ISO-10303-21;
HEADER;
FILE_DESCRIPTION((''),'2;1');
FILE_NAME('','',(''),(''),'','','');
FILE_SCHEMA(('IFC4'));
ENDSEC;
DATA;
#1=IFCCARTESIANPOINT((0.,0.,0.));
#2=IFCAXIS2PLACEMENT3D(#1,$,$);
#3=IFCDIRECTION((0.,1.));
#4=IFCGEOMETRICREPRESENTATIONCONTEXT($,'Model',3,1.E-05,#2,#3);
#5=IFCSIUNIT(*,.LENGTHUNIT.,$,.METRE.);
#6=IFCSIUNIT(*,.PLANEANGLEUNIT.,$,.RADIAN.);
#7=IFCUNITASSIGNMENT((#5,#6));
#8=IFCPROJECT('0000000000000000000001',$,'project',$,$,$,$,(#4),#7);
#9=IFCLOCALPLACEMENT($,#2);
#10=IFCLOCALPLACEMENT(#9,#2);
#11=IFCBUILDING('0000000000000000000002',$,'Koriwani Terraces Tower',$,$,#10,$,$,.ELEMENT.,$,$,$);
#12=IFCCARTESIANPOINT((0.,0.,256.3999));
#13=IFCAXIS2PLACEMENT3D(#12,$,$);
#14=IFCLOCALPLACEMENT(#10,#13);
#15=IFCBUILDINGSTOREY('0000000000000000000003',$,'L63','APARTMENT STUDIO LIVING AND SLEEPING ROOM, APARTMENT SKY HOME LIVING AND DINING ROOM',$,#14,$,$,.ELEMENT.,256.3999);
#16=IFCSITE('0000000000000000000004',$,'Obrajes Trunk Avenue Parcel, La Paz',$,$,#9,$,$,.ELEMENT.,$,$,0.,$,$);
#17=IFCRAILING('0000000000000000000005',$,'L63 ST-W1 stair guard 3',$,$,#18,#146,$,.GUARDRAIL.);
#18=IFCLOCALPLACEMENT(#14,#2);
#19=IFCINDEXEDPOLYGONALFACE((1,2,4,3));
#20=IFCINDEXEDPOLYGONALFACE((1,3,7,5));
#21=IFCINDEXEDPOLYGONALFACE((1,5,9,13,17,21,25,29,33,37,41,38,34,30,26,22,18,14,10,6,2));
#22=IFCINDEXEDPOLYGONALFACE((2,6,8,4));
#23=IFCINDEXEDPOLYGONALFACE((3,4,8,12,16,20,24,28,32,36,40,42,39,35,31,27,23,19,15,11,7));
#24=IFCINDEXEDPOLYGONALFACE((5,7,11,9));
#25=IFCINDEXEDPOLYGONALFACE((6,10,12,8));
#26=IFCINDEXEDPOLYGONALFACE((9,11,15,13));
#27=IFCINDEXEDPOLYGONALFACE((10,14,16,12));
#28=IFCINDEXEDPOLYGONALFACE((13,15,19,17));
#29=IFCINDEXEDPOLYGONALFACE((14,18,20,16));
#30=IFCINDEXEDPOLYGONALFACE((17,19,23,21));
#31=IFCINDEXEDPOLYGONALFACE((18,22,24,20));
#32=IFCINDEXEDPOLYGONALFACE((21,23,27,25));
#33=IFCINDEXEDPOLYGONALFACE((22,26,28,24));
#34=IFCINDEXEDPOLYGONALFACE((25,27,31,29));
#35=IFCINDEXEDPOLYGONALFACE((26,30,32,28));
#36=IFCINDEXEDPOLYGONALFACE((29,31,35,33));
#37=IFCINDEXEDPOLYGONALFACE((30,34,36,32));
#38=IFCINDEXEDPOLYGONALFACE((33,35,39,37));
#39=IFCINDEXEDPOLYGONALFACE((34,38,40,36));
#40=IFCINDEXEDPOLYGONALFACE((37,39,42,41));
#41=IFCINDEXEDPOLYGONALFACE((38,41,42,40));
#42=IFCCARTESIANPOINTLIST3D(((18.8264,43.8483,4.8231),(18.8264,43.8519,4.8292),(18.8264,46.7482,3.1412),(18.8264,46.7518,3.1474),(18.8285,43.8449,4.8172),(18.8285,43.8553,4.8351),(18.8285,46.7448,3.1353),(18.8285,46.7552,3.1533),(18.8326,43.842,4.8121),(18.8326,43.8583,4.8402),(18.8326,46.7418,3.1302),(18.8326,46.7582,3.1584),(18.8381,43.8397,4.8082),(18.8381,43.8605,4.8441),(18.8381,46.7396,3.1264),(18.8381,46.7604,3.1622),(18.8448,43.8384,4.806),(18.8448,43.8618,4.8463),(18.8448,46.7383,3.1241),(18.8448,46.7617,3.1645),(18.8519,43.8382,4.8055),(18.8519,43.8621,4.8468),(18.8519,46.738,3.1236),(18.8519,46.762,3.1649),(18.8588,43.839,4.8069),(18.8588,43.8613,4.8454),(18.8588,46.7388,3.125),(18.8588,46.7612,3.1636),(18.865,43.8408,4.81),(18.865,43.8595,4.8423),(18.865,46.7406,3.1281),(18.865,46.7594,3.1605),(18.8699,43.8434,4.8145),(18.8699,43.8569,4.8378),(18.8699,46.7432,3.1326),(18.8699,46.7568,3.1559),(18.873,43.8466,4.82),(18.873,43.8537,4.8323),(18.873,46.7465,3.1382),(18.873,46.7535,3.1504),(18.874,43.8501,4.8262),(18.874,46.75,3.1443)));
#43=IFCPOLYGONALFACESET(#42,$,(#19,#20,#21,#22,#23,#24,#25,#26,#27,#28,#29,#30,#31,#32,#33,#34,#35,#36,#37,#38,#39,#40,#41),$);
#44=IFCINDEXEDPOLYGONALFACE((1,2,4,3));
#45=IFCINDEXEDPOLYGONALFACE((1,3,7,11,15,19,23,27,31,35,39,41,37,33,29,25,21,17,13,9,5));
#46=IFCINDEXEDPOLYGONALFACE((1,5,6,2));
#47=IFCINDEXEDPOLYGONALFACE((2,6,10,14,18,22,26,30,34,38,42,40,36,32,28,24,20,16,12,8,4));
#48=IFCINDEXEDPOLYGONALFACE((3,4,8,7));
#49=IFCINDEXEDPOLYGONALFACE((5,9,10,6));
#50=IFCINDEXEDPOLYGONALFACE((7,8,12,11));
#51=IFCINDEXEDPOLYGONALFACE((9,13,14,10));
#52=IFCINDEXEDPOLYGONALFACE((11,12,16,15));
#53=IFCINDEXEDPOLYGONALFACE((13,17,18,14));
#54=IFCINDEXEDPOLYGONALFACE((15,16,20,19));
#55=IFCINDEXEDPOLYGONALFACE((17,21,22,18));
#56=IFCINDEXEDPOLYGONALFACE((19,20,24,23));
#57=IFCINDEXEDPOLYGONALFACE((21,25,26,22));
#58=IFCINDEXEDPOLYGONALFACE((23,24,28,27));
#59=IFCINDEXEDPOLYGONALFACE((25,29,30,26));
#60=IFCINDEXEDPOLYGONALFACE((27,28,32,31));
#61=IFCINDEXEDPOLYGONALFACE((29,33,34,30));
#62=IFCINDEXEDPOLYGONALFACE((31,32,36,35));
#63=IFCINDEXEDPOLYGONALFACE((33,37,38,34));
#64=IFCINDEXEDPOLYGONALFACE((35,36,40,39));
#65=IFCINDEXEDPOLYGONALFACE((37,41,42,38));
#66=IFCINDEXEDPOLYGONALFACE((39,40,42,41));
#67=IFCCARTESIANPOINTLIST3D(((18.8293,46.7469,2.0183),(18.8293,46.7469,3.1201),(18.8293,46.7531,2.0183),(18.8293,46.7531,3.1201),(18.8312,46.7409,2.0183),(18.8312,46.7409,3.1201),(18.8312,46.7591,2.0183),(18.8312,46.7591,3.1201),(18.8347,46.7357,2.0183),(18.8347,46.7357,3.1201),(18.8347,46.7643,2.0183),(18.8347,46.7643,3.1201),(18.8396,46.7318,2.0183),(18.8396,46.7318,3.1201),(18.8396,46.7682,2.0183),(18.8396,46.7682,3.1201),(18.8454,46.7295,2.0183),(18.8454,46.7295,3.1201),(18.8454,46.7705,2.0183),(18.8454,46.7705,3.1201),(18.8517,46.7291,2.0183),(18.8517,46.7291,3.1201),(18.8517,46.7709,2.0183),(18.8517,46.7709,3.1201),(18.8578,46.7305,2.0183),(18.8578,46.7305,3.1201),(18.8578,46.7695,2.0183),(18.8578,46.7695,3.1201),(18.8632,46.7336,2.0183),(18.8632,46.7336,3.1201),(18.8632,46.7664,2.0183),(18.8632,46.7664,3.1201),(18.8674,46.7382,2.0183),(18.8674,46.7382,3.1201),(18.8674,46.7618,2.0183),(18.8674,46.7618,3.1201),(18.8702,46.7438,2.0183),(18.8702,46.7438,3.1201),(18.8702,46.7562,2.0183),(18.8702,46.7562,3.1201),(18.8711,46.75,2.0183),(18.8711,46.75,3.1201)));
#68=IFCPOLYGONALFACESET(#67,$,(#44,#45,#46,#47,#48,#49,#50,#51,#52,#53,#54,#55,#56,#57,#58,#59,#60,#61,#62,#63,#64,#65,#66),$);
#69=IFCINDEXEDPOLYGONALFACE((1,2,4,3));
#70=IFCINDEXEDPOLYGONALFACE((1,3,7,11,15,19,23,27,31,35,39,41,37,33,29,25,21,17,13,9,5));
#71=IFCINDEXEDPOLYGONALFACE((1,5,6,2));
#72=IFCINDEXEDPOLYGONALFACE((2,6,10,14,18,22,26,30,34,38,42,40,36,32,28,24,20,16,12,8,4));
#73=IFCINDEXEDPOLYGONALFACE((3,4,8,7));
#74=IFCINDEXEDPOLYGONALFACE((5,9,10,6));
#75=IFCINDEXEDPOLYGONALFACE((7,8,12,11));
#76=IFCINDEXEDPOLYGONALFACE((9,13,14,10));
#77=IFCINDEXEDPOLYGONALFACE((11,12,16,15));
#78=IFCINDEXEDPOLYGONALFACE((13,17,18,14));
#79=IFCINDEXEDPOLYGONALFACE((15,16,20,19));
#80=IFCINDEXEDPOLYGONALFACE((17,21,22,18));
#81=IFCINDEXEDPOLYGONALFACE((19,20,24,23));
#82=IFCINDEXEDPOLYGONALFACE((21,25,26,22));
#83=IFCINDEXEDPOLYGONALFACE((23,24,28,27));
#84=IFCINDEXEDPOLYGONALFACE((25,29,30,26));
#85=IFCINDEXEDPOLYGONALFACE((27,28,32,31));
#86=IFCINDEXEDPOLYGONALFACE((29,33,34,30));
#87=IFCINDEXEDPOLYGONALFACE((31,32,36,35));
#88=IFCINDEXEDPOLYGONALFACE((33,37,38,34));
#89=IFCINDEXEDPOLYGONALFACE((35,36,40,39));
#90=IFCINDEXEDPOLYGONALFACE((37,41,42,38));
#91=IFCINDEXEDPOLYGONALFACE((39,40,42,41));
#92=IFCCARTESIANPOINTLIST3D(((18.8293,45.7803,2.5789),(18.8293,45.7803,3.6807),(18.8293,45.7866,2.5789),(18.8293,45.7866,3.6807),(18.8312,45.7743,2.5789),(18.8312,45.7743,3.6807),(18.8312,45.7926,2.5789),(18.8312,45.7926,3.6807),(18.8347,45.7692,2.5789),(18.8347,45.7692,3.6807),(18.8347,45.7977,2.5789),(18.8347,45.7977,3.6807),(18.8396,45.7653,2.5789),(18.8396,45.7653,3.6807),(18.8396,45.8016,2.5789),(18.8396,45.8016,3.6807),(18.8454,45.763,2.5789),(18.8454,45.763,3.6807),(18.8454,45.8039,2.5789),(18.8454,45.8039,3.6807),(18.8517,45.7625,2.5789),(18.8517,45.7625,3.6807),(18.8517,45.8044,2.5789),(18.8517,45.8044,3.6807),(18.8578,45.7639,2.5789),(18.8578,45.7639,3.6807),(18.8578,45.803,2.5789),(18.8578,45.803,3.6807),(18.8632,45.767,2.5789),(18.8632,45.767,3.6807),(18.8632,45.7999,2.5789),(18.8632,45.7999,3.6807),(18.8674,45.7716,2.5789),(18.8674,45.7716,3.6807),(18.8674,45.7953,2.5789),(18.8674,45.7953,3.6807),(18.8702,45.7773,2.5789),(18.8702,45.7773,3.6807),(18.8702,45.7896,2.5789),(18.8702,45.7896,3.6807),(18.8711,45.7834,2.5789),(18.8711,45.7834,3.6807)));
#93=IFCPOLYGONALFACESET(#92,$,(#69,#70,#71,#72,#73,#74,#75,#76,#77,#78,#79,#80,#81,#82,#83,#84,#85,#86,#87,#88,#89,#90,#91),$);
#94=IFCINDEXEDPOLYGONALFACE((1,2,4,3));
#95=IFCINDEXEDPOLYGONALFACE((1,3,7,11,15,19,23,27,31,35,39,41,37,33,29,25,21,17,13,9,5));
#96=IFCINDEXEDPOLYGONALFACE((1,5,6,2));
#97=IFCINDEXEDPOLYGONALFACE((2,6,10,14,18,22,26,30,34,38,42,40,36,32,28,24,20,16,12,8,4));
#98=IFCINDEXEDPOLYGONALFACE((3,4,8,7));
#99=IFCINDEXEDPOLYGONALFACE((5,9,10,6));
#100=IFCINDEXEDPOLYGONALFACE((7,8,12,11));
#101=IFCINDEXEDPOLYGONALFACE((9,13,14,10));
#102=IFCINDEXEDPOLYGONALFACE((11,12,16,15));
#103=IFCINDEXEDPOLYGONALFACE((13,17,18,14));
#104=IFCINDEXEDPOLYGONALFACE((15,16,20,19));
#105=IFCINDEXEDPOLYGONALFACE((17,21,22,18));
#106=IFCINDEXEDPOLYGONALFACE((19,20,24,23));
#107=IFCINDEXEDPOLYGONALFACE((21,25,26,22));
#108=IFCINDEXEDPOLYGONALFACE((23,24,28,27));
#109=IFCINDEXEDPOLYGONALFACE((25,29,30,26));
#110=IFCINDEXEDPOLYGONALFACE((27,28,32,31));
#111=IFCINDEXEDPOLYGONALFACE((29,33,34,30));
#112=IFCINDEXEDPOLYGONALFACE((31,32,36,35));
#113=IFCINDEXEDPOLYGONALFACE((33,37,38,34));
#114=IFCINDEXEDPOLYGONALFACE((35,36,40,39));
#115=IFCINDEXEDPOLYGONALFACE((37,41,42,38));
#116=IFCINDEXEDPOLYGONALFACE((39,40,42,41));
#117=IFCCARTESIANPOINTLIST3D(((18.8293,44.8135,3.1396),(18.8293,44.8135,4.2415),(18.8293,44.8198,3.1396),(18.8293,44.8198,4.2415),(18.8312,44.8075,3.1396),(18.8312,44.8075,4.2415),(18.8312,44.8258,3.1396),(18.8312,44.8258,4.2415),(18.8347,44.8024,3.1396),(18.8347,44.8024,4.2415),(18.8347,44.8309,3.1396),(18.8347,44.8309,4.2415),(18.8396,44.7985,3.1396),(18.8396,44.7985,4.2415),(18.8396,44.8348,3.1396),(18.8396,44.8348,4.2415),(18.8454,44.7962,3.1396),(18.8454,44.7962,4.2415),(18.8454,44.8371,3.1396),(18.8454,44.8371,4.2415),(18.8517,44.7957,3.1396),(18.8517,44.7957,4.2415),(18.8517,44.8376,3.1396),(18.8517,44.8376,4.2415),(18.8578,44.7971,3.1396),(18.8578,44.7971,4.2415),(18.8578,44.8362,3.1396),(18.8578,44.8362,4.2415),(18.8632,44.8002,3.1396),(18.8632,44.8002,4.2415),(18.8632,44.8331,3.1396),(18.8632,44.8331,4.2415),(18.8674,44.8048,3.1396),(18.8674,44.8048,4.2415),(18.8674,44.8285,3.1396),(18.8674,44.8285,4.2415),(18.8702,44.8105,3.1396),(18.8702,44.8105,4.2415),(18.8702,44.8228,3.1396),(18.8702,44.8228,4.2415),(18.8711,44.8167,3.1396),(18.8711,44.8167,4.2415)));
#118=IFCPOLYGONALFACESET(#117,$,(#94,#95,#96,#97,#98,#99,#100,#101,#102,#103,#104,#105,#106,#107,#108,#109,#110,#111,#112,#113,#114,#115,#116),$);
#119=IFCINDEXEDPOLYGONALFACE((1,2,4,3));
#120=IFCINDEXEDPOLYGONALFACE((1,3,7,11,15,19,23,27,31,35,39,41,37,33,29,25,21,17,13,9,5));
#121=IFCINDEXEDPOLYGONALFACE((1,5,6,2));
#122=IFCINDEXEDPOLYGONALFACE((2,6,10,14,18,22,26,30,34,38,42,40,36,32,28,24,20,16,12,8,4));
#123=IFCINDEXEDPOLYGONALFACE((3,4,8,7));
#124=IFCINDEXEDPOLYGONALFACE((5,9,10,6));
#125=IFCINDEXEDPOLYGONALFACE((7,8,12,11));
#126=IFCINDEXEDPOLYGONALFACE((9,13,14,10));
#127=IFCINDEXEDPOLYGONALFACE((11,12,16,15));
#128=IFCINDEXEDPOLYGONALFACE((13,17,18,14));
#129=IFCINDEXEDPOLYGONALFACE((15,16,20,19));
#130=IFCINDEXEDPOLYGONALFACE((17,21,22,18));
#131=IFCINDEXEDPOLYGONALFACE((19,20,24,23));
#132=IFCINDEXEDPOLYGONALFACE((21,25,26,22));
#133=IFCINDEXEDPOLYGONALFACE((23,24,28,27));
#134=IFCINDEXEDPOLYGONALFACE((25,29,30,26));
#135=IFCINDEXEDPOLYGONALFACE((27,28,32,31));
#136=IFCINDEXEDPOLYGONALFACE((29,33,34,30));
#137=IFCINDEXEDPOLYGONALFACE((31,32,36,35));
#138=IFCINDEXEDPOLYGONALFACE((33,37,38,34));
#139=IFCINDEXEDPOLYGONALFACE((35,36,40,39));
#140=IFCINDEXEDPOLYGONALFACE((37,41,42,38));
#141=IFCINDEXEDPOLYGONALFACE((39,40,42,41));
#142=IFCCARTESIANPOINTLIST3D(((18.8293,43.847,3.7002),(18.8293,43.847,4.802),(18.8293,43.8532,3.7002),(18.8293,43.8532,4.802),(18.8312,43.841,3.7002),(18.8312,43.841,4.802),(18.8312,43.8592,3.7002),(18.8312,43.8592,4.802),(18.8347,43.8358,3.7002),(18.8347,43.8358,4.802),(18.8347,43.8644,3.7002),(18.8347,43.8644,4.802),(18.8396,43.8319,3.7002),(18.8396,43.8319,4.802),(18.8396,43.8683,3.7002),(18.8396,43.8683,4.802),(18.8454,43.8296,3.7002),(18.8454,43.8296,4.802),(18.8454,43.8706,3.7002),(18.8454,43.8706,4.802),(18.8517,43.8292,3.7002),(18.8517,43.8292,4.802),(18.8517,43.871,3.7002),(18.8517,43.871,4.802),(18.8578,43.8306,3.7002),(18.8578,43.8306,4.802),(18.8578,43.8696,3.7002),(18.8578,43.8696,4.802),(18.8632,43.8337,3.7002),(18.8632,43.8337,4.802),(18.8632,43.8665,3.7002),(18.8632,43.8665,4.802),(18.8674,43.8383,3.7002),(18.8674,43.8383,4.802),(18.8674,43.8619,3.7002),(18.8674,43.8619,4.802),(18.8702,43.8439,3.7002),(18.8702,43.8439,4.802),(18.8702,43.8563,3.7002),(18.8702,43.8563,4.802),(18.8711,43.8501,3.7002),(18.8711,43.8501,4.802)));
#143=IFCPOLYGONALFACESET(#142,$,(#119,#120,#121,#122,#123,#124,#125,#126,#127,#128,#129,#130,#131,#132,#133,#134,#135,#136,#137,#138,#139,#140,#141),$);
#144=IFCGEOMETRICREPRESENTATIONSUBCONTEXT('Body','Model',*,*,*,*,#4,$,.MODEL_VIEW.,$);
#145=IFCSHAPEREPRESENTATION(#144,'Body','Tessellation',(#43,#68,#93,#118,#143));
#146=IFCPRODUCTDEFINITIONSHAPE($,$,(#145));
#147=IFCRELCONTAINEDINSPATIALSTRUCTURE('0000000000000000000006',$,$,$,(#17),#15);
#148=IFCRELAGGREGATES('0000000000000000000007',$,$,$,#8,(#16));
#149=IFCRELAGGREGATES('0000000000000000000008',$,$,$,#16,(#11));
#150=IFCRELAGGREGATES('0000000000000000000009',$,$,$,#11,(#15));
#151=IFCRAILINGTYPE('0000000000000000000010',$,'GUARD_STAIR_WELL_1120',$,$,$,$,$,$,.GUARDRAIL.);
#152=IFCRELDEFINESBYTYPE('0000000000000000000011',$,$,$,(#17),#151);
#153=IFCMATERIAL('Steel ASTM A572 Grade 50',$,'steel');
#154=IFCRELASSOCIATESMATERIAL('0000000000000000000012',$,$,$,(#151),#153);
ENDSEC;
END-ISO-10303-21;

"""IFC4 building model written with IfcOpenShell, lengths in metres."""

from ifc_helpers import new_model, si_unit, direction, frame, origin, origin_2d, place, context, subcontext, project, spatial, circle, extrude, material, type_object, element, save


model = new_model("IFC4")

# Units and contexts
model_context = context("Model", 3, precision=1e-05, world=origin(), true_north=direction((0.0, 1.0)))
body_context = subcontext(model_context, "Body", "Model", "MODEL_VIEW")
ifc_project = project(units=[si_unit("LENGTHUNIT", "METRE"), si_unit("PLANEANGLEUNIT", "RADIAN")], contexts=[model_context])

# Site, building, storey
site_placement = place(None, origin())
site = spatial("IfcSite", under=ifc_project, at=site_placement, Name="Obrajes Trunk Avenue Parcel, La Paz", CompositionType="ELEMENT", RefElevation=0.0)
building_placement = place(site_placement, origin())
building = spatial("IfcBuilding", under=site, at=building_placement, Name="Koriwani Terraces Tower", CompositionType="ELEMENT")
storey_placement = place(building_placement, frame((0.0, 0.0, 256.3999)))
storey = spatial("IfcBuildingStorey", under=building, at=storey_placement, Name="L63", Description="APARTMENT STUDIO LIVING AND SLEEPING ROOM, APARTMENT SKY HOME LIVING AND DINING ROOM", CompositionType="ELEMENT", Elevation=256.3999)

# Shared definitions
ifc_material_1 = material(Name="Steel ASTM A572 Grade 50", Category="steel")

# Railing
railing_type_1 = type_object("IfcRailingType", Name="GUARD_STAIR_WELL_1120", PredefinedType="GUARDRAIL", material=ifc_material_1)
railing_1_placement = place(storey_placement, frame((18.8501, 46.75, 2.0183)))
element("IfcRailing", 1, at=railing_1_placement, inside=storey, type_object=railing_type_1, Name="L63 ST-W1 stair guard 3", PredefinedType="GUARDRAIL", context=body_context, shape_type="SweptSolid", body=[
    extrude(circle(Radius=0.0239, at=origin_2d()), frame((0.0, 0.0, 1.126), z_axis=(0.0, -0.865039, 0.501705), x_axis=(1.0, 0.0, 0.0)), (0.0, 0.0, 1.0), 3.3523),
    extrude(circle(Radius=0.021, at=origin_2d()), origin(), (0.0, 0.0, 1.0), 1.1018),
    extrude(circle(Radius=0.021, at=origin_2d()), frame((0.0, -0.9666, 0.5605)), (0.0, 0.0, 1.0), 1.1018),
    extrude(circle(Radius=0.021, at=origin_2d()), frame((0.0, -1.9333, 1.1213)), (0.0, 0.0, 1.0), 1.1018),
    extrude(circle(Radius=0.021, at=origin_2d()), frame((0.0, -2.8999, 1.6819)), (0.0, 0.0, 1.0), 1.1018),
])

save(model, "model.ifc")
